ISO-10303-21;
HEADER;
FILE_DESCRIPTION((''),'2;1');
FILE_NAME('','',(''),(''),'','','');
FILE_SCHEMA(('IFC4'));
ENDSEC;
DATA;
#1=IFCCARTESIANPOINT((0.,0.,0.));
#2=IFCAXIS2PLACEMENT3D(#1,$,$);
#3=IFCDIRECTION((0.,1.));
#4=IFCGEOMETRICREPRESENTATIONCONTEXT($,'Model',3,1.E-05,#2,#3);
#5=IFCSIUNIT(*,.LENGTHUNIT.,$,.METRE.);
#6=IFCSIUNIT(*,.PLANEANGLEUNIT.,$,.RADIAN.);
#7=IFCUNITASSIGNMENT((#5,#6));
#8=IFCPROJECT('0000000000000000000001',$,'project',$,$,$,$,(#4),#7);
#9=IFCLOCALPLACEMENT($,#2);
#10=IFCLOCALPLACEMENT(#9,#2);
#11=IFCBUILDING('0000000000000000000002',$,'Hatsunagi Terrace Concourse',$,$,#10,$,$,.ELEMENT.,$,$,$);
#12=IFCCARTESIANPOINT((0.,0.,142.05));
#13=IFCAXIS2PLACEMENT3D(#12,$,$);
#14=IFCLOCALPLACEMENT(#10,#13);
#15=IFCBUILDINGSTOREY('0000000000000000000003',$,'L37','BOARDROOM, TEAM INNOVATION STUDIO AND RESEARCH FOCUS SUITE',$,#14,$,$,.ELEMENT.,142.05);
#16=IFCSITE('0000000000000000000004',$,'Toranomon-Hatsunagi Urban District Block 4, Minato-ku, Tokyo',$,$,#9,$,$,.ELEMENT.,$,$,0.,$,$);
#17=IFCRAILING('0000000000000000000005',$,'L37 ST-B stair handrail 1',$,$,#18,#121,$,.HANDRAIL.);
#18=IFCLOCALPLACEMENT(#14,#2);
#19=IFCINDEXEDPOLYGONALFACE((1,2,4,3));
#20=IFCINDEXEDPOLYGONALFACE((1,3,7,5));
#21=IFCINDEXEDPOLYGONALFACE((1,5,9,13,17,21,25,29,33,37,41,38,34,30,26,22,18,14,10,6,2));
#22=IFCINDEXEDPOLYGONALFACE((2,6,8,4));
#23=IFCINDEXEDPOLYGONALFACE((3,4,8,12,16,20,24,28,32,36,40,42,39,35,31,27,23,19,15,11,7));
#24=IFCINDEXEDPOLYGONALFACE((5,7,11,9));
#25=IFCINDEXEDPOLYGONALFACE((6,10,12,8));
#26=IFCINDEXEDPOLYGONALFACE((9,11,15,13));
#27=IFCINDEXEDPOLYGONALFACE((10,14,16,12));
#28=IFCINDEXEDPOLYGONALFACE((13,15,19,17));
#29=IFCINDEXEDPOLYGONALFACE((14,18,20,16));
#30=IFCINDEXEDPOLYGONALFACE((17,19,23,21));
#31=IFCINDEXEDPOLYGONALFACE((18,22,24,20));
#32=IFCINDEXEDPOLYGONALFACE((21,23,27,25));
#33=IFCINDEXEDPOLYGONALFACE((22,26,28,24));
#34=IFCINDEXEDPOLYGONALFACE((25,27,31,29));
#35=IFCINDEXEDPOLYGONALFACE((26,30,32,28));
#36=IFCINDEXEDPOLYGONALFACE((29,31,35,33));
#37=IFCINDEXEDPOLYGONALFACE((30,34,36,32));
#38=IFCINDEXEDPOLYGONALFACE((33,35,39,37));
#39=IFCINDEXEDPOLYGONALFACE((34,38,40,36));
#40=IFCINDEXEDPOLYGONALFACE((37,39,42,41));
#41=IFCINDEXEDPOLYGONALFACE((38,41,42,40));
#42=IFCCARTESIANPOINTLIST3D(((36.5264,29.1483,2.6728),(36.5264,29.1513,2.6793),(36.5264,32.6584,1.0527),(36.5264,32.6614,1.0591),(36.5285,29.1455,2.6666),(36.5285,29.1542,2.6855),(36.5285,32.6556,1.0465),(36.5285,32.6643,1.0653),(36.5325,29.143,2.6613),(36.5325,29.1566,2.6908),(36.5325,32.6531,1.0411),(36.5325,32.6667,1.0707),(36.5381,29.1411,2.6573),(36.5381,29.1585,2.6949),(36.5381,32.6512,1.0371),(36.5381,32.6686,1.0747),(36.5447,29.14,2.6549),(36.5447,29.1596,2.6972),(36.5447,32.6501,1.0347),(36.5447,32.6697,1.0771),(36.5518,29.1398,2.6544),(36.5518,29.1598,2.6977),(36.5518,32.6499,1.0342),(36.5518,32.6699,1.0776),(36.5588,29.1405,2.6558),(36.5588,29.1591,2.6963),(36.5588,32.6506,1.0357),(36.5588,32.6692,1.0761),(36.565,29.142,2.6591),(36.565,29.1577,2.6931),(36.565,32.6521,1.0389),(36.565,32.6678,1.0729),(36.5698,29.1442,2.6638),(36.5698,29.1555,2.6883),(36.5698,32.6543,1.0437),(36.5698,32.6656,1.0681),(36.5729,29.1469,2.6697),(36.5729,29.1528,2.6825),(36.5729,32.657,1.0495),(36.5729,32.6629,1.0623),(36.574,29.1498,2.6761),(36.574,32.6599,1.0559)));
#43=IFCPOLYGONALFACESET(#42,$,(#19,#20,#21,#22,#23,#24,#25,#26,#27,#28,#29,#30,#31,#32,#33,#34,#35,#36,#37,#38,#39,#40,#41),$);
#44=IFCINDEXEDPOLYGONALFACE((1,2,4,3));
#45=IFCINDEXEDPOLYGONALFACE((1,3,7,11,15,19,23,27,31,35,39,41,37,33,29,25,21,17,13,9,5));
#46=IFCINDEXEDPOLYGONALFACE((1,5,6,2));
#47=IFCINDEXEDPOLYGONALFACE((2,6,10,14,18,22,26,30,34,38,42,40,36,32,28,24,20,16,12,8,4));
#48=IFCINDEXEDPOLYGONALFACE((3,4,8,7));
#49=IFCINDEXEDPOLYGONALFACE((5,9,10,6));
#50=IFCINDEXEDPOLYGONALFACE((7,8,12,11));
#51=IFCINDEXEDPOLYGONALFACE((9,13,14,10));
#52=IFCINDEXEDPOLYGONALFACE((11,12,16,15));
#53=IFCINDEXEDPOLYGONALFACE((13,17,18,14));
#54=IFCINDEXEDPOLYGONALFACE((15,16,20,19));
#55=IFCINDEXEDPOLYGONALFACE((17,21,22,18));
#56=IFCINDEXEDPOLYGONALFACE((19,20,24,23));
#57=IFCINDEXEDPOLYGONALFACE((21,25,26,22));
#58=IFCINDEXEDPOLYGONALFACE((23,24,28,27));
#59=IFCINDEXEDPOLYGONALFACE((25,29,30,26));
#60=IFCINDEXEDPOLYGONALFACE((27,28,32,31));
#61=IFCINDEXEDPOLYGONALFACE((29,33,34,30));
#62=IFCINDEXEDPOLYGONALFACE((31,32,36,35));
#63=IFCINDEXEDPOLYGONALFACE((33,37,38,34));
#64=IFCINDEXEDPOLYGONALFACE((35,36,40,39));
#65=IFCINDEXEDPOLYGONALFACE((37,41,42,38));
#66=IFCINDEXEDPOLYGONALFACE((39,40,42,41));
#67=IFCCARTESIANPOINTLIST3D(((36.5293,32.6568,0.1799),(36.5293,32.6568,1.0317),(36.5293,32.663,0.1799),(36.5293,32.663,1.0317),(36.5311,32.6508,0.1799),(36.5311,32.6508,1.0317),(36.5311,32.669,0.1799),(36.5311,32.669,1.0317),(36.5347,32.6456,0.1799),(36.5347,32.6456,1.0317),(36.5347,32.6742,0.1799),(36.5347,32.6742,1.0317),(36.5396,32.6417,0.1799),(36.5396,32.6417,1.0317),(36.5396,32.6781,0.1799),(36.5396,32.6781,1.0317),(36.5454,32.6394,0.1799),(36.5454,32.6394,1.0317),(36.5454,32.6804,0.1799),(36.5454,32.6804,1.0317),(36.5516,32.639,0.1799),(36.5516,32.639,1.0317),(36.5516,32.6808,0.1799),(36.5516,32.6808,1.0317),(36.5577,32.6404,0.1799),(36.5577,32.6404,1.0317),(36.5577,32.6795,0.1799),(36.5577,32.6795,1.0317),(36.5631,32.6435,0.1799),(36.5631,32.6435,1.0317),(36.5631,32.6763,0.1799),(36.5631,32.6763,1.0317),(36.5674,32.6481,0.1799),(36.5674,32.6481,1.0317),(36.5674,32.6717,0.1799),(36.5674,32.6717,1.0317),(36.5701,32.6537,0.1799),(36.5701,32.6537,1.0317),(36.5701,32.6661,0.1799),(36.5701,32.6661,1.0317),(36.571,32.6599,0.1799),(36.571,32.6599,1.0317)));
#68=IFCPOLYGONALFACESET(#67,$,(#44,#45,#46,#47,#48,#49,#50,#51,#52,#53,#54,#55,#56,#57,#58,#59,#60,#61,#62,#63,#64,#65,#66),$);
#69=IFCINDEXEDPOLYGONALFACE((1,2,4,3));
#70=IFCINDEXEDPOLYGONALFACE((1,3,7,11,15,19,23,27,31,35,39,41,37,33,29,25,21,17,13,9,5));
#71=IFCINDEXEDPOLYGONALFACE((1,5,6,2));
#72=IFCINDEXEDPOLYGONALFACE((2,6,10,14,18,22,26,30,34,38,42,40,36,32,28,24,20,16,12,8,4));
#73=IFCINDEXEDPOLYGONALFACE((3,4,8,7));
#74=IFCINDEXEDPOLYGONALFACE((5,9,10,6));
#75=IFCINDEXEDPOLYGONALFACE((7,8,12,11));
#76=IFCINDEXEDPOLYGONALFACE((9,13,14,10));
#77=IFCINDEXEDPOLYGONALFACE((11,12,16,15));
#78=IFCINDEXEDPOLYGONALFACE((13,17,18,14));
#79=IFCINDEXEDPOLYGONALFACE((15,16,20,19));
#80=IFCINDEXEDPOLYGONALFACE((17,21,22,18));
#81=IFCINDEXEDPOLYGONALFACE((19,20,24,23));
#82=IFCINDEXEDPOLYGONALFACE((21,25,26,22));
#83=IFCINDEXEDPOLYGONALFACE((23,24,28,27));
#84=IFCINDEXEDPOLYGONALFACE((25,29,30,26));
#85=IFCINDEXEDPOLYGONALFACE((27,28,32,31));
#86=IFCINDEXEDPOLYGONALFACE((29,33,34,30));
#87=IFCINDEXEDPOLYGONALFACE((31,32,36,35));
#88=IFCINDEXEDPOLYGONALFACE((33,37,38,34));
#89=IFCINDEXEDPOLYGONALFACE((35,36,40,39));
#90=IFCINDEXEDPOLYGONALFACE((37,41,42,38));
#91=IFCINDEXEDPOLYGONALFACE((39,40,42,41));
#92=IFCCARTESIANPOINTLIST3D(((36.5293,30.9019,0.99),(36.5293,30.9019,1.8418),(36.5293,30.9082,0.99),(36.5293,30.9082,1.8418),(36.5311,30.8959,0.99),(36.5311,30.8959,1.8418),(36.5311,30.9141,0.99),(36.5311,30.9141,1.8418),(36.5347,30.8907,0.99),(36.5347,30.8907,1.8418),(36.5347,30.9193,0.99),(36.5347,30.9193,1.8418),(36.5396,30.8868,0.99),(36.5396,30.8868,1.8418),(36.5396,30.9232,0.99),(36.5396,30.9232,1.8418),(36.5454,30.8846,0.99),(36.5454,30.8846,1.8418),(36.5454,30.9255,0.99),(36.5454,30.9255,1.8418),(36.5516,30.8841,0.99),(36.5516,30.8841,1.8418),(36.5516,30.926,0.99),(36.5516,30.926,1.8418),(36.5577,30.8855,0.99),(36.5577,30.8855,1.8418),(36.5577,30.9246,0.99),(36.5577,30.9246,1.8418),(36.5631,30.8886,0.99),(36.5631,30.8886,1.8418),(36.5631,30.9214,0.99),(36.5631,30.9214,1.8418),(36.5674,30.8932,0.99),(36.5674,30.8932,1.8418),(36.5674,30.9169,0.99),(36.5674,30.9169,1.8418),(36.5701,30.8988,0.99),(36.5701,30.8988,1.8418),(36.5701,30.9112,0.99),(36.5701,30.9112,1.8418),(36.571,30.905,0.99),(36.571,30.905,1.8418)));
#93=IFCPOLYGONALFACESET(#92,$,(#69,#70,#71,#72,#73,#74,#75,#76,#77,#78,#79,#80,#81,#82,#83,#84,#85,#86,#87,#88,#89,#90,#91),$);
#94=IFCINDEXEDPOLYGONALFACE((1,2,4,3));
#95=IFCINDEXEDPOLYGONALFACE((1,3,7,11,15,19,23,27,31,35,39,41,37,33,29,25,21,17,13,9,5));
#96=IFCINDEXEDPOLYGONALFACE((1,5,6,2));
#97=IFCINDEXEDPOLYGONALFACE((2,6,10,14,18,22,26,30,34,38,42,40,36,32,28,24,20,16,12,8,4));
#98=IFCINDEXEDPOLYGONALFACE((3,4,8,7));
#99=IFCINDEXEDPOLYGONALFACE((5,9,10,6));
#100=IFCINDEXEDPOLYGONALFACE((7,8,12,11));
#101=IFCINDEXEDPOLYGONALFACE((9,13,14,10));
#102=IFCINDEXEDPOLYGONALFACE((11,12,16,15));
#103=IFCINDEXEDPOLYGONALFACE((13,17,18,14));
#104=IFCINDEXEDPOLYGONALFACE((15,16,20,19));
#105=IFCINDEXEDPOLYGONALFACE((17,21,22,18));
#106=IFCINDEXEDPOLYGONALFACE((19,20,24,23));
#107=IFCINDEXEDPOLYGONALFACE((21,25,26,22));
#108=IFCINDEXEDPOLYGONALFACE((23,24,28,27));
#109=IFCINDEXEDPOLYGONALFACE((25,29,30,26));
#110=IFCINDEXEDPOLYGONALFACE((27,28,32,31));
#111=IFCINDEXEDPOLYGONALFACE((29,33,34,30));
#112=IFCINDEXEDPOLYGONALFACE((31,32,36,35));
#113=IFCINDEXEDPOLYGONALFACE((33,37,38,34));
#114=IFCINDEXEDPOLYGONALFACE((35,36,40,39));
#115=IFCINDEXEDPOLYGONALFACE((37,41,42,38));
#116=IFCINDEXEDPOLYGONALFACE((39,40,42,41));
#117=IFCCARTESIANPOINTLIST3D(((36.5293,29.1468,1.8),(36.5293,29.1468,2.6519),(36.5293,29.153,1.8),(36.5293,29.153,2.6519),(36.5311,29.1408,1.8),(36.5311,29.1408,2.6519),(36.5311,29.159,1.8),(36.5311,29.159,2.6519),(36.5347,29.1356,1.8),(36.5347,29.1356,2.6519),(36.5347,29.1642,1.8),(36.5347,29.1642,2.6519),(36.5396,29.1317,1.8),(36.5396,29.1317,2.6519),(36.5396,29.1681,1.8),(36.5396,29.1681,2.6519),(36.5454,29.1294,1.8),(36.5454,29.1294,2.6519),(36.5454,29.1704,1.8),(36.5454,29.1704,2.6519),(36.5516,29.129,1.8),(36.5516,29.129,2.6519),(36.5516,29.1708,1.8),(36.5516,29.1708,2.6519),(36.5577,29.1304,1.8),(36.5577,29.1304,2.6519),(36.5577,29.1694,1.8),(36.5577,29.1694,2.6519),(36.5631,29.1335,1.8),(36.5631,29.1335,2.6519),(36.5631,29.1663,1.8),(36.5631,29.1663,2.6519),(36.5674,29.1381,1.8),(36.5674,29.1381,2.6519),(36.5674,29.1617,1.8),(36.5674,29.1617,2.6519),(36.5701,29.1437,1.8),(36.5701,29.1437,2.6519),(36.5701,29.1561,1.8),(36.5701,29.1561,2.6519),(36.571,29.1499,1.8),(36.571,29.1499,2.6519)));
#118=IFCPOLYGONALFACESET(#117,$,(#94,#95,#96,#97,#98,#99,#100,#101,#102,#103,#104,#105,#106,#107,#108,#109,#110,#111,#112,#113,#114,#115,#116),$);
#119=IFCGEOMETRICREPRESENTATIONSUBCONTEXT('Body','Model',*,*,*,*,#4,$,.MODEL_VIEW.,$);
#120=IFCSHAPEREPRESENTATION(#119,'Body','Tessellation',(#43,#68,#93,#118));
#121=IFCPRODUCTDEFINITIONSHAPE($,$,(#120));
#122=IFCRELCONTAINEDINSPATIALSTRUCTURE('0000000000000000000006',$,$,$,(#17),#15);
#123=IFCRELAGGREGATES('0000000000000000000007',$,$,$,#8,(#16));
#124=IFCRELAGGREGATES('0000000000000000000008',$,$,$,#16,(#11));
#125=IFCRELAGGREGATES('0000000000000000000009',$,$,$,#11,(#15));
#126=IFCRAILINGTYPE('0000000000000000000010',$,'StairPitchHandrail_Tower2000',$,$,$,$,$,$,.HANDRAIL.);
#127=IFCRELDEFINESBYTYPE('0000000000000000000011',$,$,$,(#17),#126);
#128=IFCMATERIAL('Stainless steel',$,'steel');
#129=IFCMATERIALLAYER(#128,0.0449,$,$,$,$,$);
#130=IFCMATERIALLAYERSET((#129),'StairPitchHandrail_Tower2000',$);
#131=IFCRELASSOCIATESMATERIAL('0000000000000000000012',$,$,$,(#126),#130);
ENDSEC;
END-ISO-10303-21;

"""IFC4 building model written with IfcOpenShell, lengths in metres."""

from ifc_helpers import new_model, si_unit, direction, frame, origin, origin_2d, place, context, subcontext, project, spatial, circle, extrude, material, layer, layer_set, type_object, element, save


model = new_model("IFC4")

# Units and contexts
model_context = context("Model", 3, precision=1e-05, world=origin(), true_north=direction((0.0, 1.0)))
body_context = subcontext(model_context, "Body", "Model", "MODEL_VIEW")
ifc_project = project(units=[si_unit("LENGTHUNIT", "METRE"), si_unit("PLANEANGLEUNIT", "RADIAN")], contexts=[model_context])

# Site, building, storey
site_placement = place(None, origin())
site = spatial("IfcSite", under=ifc_project, at=site_placement, Name="Toranomon-Hatsunagi Urban District Block 4, Minato-ku, Tokyo", CompositionType="ELEMENT", RefElevation=0.0)
building_placement = place(site_placement, origin())
building = spatial("IfcBuilding", under=site, at=building_placement, Name="Hatsunagi Terrace Concourse", CompositionType="ELEMENT")
storey_placement = place(building_placement, frame((0.0, 0.0, 142.05)))
storey = spatial("IfcBuildingStorey", under=building, at=storey_placement, Name="L37", Description="BOARDROOM, TEAM INNOVATION STUDIO AND RESEARCH FOCUS SUITE", CompositionType="ELEMENT", Elevation=142.05)

# Railing
ifc_material_1 = material(Name="Stainless steel", Category="steel")
ifc_layer_1 = layer(ifc_material_1, 0.0449)
ifc_layer_set_1 = layer_set([ifc_layer_1], Name="StairPitchHandrail_Tower2000")
railing_type_1 = type_object("IfcRailingType", Name="StairPitchHandrail_Tower2000", PredefinedType="HANDRAIL", material=ifc_layer_set_1)
railing_1_placement = place(storey_placement, frame((36.55, 32.6599, 0.1799)))
element("IfcRailing", 1, at=railing_1_placement, inside=storey, type_object=railing_type_1, Name="L37 ST-B stair handrail 1", PredefinedType="HANDRAIL", context=body_context, shape_type="SweptSolid", body=[
    extrude(circle(Radius=0.0239, at=origin_2d()), frame((0.0, 0.0, 0.876), z_axis=(0.0, -0.907948, 0.419082), x_axis=(1.0, 0.0, 0.0)), (0.0, 0.0, 1.0), 3.866),
    extrude(circle(Radius=0.021, at=origin_2d()), origin(), (0.0, 0.0, 1.0), 0.8518),
    extrude(circle(Radius=0.021, at=origin_2d()), frame((0.0, -1.7549, 0.8101)), (0.0, 0.0, 1.0), 0.8518),
    extrude(circle(Radius=0.021, at=origin_2d()), frame((0.0, -3.51, 1.6201)), (0.0, 0.0, 1.0), 0.8518),
])

save(model, "model.ifc")
